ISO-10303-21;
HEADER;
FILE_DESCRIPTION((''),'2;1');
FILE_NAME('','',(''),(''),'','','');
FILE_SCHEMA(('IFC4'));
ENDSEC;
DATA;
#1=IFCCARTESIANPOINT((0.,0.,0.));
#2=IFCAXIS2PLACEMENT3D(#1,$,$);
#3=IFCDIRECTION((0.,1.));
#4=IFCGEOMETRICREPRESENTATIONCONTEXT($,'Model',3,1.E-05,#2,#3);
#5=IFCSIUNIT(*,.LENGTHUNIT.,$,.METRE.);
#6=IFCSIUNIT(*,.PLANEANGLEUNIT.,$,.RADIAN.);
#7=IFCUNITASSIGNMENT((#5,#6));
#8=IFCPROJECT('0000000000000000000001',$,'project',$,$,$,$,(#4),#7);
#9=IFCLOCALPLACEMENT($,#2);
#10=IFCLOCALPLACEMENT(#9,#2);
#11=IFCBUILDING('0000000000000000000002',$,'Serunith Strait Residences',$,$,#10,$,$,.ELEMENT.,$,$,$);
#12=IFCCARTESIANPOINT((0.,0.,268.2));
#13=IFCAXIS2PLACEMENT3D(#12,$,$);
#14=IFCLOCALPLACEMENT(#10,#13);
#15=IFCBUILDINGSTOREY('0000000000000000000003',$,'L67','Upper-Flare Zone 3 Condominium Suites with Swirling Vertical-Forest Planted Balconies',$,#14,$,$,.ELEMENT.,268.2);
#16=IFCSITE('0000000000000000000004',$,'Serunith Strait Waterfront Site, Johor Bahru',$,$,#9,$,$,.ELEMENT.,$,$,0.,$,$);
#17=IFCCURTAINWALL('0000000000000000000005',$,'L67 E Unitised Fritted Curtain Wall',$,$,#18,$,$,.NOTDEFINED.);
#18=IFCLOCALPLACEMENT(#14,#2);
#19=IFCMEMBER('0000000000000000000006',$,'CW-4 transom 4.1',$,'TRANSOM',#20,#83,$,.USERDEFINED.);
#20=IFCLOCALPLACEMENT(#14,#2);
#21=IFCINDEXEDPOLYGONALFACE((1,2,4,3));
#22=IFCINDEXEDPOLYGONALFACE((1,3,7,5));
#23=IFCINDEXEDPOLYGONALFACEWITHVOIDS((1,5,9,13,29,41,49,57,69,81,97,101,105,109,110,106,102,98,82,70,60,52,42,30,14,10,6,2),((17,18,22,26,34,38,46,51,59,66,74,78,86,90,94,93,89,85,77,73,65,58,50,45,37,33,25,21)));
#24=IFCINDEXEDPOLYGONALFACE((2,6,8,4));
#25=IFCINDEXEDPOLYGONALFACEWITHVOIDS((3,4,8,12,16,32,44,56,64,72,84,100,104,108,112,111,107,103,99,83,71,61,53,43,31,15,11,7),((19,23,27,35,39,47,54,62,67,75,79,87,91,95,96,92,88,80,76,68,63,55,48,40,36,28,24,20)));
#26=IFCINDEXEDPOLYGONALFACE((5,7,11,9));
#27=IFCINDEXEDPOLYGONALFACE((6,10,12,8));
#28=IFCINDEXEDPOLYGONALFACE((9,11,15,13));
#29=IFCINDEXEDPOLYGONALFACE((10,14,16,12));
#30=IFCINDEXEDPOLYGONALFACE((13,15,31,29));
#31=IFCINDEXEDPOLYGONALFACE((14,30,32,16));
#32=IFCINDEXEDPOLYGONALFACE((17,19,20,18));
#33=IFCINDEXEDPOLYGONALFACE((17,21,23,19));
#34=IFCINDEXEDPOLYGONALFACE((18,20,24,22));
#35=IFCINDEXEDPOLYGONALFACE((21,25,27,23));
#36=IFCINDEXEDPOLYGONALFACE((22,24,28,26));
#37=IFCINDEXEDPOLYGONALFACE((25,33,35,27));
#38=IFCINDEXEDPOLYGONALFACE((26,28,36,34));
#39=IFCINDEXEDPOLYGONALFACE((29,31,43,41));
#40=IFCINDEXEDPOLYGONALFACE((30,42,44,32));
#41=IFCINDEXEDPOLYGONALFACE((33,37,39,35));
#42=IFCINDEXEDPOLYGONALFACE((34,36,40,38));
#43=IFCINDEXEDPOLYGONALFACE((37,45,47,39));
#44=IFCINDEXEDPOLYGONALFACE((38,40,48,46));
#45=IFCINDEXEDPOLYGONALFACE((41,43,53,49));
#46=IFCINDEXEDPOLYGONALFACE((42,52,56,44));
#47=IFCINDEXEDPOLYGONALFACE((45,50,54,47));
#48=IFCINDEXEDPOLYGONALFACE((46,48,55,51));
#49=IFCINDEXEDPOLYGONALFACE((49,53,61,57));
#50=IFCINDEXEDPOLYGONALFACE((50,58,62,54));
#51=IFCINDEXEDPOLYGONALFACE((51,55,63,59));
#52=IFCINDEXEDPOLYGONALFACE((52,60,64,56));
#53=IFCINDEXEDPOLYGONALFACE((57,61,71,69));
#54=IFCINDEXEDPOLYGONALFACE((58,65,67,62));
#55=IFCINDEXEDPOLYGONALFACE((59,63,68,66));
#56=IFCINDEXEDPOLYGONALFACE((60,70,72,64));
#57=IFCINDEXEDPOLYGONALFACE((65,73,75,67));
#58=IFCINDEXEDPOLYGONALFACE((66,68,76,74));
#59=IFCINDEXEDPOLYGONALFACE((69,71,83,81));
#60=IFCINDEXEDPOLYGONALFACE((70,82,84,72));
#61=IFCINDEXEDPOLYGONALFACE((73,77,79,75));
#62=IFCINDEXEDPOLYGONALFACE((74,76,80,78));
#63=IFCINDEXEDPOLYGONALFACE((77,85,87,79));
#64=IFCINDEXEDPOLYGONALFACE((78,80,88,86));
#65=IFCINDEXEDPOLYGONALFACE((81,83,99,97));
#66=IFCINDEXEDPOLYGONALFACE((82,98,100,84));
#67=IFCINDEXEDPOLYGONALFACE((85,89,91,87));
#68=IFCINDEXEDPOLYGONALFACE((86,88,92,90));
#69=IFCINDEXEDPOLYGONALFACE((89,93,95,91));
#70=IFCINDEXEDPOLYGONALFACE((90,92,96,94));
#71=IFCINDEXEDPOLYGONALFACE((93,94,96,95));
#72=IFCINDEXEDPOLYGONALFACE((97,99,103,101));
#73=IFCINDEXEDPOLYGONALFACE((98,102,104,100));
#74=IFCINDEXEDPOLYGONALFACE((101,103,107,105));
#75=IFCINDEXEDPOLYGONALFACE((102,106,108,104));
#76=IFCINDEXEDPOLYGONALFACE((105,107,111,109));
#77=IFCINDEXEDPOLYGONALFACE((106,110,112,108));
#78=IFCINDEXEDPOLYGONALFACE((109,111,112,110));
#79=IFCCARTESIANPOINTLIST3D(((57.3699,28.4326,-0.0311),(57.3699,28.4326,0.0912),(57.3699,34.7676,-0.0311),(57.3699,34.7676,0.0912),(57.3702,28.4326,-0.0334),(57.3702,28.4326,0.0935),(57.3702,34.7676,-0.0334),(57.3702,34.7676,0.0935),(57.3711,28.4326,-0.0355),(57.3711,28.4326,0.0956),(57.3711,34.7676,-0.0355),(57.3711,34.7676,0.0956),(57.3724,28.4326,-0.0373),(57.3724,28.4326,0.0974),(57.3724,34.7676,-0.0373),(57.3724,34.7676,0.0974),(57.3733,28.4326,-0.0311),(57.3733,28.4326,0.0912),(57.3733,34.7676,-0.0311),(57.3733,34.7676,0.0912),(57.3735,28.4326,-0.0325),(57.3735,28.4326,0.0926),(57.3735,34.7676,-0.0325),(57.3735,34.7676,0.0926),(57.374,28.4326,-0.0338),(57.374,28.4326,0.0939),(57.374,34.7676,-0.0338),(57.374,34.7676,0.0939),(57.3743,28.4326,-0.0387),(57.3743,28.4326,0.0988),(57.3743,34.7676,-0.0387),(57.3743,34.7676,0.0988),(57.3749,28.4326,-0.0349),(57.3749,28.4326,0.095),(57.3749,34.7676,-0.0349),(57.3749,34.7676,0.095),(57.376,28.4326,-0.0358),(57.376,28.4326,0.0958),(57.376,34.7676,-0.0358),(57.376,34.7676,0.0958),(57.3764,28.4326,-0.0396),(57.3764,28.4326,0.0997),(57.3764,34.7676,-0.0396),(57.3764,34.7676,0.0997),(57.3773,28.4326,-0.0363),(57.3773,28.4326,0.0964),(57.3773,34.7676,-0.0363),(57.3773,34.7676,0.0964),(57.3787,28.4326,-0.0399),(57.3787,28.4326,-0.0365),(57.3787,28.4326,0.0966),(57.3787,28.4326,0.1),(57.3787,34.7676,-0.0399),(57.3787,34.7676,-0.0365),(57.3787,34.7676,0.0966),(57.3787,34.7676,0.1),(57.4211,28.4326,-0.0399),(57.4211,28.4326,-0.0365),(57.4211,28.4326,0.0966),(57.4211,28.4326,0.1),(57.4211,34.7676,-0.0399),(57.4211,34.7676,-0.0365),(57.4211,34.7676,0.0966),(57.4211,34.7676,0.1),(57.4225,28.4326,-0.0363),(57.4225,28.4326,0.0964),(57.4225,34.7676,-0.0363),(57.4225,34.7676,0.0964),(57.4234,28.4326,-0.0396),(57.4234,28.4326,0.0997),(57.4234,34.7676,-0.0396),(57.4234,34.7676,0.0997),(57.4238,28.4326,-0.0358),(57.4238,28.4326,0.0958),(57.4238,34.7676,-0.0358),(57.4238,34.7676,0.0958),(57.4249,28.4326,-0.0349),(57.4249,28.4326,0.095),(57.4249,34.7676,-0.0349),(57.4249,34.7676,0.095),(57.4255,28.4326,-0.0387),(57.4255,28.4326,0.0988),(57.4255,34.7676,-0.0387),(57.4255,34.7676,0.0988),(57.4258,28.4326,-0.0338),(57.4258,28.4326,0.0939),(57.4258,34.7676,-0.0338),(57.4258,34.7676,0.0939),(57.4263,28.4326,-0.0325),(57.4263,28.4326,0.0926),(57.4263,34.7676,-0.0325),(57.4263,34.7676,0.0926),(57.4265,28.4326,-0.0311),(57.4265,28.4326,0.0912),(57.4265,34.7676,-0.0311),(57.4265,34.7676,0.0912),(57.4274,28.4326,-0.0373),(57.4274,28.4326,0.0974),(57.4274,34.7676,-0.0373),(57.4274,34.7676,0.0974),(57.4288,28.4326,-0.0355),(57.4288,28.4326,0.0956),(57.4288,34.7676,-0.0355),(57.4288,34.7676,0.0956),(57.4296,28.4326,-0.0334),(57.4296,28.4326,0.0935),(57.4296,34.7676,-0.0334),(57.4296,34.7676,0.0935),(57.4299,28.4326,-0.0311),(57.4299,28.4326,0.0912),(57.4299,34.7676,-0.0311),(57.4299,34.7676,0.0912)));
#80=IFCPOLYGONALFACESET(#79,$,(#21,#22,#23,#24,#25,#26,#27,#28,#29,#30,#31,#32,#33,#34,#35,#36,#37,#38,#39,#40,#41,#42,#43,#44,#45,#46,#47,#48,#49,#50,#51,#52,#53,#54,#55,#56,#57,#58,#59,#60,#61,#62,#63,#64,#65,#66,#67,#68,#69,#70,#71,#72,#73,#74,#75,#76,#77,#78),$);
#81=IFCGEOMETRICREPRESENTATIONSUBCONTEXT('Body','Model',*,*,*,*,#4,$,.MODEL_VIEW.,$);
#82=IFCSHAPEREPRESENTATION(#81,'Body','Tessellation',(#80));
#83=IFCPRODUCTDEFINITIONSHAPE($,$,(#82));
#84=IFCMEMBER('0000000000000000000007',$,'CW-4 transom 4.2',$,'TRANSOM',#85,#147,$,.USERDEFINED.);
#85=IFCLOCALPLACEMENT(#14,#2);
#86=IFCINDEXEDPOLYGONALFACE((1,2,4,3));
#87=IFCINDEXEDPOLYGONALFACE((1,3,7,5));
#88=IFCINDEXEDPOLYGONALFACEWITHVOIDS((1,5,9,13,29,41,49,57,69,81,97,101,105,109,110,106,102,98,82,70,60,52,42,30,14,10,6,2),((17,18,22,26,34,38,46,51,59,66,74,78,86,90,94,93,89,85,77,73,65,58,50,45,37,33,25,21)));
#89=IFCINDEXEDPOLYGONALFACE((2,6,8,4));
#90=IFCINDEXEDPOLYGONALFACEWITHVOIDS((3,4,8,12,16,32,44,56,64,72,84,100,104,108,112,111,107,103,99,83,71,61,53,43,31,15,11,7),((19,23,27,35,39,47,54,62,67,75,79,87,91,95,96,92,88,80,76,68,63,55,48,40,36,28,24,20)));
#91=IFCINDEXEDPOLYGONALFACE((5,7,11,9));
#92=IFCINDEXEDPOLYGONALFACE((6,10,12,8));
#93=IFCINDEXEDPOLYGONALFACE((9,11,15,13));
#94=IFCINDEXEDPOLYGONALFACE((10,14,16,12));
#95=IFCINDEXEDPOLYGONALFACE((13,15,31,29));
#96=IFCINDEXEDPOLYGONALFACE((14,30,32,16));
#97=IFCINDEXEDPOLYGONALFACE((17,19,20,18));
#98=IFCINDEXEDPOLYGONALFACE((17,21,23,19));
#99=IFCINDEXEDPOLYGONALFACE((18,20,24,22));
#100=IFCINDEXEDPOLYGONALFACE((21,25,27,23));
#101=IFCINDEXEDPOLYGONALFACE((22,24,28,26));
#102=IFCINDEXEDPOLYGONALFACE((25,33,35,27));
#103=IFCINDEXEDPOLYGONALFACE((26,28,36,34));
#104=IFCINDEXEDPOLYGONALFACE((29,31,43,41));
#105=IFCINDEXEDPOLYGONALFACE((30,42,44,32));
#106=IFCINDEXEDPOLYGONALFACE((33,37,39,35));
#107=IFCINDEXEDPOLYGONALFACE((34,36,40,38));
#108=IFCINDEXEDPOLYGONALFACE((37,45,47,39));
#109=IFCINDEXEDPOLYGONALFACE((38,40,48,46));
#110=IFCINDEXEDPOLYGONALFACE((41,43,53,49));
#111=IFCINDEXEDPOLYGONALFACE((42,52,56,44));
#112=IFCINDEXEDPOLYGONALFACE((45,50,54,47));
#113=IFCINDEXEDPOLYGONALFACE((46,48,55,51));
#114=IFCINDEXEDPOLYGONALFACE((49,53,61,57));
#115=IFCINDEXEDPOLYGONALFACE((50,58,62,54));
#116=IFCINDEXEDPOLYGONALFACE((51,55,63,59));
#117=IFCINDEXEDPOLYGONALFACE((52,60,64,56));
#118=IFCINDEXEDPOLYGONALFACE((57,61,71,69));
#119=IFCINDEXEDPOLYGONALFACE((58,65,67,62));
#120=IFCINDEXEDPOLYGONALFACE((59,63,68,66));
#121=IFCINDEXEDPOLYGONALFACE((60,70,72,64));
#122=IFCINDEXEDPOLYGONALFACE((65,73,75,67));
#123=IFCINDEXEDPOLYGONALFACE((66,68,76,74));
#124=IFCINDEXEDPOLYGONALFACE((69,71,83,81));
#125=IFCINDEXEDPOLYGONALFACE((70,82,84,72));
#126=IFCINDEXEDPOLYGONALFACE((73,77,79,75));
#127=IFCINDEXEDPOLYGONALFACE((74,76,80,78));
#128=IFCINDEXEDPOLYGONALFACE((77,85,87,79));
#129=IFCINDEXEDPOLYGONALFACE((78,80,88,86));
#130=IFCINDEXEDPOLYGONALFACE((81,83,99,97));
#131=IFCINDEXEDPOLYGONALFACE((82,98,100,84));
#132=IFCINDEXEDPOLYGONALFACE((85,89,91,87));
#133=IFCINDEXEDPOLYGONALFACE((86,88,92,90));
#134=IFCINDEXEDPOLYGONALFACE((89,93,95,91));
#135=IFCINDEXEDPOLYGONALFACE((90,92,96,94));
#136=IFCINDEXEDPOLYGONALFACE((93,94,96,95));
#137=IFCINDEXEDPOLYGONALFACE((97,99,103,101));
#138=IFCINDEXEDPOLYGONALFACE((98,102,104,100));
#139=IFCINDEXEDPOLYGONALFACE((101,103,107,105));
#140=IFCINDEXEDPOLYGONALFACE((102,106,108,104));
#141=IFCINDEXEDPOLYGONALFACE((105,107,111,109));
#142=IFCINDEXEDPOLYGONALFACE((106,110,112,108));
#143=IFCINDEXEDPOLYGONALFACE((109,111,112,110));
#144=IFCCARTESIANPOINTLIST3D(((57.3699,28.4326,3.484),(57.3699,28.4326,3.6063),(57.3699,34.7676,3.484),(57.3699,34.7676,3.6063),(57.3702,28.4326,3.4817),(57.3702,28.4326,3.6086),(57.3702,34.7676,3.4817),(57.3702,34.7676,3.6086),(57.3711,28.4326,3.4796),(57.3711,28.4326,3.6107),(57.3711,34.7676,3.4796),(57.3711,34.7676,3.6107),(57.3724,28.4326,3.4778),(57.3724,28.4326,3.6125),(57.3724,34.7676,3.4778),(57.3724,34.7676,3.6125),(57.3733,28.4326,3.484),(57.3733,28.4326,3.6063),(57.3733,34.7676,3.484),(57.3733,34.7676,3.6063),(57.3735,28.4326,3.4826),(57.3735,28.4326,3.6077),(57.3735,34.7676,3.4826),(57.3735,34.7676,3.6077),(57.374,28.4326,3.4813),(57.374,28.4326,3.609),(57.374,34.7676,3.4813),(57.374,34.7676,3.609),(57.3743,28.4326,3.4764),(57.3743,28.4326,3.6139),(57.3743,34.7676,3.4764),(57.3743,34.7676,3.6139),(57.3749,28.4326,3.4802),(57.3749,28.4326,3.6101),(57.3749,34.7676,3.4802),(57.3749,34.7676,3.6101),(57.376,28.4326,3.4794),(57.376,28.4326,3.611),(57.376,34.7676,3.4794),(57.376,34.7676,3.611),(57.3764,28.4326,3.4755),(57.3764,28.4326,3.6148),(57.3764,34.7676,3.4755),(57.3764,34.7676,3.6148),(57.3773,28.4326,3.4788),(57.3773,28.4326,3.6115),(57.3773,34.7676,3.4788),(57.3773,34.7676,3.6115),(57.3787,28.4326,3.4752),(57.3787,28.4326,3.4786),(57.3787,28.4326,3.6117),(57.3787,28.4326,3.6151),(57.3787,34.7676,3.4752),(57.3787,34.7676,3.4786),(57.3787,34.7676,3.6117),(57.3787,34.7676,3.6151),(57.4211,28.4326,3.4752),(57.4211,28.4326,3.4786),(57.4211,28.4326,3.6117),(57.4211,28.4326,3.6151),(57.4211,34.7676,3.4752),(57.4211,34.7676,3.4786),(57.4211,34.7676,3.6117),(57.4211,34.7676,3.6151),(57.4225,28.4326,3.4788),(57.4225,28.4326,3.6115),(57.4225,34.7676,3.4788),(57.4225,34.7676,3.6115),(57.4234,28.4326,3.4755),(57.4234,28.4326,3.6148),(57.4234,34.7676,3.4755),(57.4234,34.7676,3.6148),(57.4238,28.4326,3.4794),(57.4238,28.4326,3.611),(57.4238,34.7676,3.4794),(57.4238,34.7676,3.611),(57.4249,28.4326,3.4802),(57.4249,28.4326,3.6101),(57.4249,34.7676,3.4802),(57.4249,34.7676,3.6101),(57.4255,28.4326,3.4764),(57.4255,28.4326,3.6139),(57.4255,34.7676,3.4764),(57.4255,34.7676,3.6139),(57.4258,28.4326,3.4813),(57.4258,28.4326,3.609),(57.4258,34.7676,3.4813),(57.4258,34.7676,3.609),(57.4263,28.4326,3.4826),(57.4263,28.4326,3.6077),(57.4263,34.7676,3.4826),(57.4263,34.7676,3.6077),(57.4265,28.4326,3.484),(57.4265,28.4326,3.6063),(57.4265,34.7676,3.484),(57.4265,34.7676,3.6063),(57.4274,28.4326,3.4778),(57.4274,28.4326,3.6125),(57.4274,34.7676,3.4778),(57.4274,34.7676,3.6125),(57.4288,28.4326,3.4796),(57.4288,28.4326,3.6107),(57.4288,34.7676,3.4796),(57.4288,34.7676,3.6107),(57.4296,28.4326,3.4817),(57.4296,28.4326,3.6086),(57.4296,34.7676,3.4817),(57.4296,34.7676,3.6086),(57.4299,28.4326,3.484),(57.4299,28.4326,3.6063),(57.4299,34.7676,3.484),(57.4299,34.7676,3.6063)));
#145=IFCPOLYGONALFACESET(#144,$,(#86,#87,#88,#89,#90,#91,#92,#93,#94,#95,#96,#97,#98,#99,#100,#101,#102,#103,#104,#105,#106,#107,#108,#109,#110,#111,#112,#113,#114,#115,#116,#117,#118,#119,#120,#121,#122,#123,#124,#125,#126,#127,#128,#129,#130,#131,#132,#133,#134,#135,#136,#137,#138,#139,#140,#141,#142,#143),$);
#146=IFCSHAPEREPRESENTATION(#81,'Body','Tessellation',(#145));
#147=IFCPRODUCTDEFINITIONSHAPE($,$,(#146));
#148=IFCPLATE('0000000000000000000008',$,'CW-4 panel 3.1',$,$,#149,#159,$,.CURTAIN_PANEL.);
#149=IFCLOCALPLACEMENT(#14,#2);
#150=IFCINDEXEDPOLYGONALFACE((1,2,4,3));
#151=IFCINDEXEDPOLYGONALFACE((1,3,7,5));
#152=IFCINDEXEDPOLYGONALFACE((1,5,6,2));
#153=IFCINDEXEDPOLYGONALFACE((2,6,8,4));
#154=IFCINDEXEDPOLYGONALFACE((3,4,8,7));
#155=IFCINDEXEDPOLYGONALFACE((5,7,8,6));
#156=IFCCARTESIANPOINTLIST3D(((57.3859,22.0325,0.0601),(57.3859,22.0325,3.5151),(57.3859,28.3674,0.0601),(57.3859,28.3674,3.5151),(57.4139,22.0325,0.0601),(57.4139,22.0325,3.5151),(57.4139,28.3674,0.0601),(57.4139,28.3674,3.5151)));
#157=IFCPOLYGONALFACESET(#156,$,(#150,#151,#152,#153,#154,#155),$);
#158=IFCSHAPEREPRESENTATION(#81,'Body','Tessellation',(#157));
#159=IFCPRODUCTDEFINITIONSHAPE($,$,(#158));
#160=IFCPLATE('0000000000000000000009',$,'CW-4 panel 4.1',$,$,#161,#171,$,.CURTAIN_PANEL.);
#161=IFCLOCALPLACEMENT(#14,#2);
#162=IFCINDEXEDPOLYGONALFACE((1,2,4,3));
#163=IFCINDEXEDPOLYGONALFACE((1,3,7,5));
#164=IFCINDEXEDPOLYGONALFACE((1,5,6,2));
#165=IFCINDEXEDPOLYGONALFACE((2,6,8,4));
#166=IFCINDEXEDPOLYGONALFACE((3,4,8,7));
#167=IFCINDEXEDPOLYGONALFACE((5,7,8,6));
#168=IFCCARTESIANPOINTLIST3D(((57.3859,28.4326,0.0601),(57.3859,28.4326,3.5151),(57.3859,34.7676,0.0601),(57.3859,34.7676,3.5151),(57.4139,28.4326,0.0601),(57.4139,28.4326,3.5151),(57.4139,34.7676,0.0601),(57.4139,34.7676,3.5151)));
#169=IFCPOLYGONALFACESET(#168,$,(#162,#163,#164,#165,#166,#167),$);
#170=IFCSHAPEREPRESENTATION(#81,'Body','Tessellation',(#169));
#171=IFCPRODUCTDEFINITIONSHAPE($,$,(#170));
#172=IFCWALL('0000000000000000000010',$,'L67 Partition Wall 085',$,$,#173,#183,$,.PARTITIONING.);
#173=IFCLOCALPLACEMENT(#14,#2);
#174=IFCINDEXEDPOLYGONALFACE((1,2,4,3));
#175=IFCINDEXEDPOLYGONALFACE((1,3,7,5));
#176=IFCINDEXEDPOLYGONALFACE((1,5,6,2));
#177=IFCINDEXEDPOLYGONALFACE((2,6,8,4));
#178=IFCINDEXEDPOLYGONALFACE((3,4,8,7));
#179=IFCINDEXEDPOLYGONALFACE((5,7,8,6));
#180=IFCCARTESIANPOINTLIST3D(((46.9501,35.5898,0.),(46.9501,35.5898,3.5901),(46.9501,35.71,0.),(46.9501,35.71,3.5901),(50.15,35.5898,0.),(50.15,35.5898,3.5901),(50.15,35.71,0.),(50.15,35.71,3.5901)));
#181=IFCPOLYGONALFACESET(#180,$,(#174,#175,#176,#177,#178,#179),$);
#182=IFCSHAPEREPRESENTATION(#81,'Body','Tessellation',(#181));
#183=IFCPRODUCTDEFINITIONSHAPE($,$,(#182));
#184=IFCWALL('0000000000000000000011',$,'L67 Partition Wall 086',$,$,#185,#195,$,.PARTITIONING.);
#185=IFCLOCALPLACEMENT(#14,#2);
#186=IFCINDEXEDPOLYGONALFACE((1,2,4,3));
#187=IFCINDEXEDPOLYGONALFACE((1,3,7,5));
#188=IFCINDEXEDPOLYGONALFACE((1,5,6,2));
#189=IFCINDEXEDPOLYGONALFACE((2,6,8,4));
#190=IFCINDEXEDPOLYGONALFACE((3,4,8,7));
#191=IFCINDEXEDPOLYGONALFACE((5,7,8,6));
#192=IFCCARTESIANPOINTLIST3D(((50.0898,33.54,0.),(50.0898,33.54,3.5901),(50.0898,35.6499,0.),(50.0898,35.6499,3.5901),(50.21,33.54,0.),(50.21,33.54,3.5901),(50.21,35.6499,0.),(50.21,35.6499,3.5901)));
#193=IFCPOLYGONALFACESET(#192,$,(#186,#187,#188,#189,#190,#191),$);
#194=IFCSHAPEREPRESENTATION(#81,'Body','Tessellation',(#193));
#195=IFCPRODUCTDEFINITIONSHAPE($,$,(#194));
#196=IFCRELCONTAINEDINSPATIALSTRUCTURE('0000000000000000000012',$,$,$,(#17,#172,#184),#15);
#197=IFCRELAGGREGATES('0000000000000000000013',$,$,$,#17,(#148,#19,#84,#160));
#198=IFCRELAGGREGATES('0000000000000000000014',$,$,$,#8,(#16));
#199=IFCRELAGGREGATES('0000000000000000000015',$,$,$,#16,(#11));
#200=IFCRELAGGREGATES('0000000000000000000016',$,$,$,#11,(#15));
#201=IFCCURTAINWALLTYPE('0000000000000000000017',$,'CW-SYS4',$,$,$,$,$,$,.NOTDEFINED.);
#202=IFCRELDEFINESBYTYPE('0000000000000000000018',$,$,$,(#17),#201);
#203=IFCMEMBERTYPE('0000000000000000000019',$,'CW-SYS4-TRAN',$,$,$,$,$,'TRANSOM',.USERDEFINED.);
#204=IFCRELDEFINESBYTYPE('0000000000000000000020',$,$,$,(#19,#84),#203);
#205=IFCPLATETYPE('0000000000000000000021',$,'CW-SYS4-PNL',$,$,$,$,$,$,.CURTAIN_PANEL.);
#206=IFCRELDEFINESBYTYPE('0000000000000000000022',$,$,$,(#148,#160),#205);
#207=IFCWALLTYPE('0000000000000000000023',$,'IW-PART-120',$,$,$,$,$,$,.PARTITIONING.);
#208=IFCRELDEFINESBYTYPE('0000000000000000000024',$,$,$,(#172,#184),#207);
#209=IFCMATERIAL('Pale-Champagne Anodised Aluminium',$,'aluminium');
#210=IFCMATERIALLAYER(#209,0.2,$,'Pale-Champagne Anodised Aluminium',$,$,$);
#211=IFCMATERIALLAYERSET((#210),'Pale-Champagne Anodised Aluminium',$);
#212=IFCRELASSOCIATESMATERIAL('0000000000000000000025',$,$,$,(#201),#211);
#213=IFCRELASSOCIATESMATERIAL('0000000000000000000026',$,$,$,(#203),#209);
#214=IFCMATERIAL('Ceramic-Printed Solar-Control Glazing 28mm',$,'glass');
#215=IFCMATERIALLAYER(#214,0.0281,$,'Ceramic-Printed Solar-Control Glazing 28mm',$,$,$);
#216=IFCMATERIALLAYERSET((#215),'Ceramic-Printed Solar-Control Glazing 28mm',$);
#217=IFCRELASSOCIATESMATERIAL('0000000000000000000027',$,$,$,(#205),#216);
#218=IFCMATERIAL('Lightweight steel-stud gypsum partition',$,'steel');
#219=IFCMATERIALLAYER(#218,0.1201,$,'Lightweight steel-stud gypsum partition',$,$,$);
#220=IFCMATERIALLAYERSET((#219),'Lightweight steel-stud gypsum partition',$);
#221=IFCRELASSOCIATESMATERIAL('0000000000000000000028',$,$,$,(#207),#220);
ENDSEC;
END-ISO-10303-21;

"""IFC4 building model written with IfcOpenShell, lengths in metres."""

from ifc_helpers import new_model, si_unit, direction, frame, frame_2d, origin, origin_2d, place, context, subcontext, project, spatial, rectangle, hollow_rectangle, extrude, source, transform, mapped, material, layer, layer_set, material_profile, profile_set, type_object, element, aggregate, save


model = new_model("IFC4")

# Units and contexts
model_context = context("Model", 3, precision=1e-05, world=origin(), true_north=direction((0.0, 1.0)))
body_context = subcontext(model_context, "Body", "Model", "MODEL_VIEW")
ifc_project = project(units=[si_unit("LENGTHUNIT", "METRE"), si_unit("PLANEANGLEUNIT", "RADIAN")], contexts=[model_context])

# Site, building, storey
site_placement = place(None, origin())
site = spatial("IfcSite", under=ifc_project, at=site_placement, Name="Serunith Strait Waterfront Site, Johor Bahru", CompositionType="ELEMENT", RefElevation=0.0)
building_placement = place(site_placement, origin())
building = spatial("IfcBuilding", under=site, at=building_placement, Name="Serunith Strait Residences", CompositionType="ELEMENT")
storey_placement = place(building_placement, frame((0.0, 0.0, 268.2)))
storey = spatial("IfcBuildingStorey", under=building, at=storey_placement, Name="L67", Description="Upper-Flare Zone 3 Condominium Suites with Swirling Vertical-Forest Planted Balconies", CompositionType="ELEMENT", Elevation=268.2)

# Curtain wall, members, plates
ifc_material_1 = material(Name="Pale-Champagne Anodised Aluminium", Category="aluminium")
ifc_layer_1 = layer(ifc_material_1, 0.2, Name="Pale-Champagne Anodised Aluminium")
ifc_layer_set_1 = layer_set([ifc_layer_1], Name="Pale-Champagne Anodised Aluminium")
curtain_wall_type = type_object("IfcCurtainWallType", Name="CW-SYS4", PredefinedType="NOTDEFINED", material=ifc_layer_set_1)
curtain_wall_placement = place(storey_placement, origin())
curtain_wall = element("IfcCurtainWall", 1, at=curtain_wall_placement, inside=storey, type_object=curtain_wall_type, Name="L67 E Unitised Fritted Curtain Wall", PredefinedType="NOTDEFINED")
ifc_material_profile_1 = material_profile(ifc_material_1, hollow_rectangle(XDim=0.0601, YDim=0.1399, WallThickness=0.0034, InnerFilletRadius=0.0054, OuterFilletRadius=0.0088, at=origin_2d()), Name="ALU 140x60x3.5")
ifc_profile_set_1 = profile_set([ifc_material_profile_1], Name="Pale-Champagne Anodised Aluminium")
member_type_1 = type_object("IfcMemberType", Name="CW-SYS4-TRAN", ElementType="TRANSOM", PredefinedType="USERDEFINED", material=ifc_profile_set_1)
shared_shape_1 = source(origin(), body_context, "Body", "SweptSolid", [
    extrude(hollow_rectangle(XDim=0.0601, YDim=0.1399, WallThickness=0.0034, InnerFilletRadius=0.0054, OuterFilletRadius=0.0088, at=origin_2d()), origin(), (0.0, 0.0, 1.0), 6.335),
])
member_1_placement = place(storey_placement, frame((57.3999, 28.4326, 0.03), z_axis=(0.0, 1.0, 0.0), x_axis=(-1.0, 0.0, 0.0)))
member_1 = element("IfcMember", 2, at=member_1_placement, type_object=member_type_1, Name="CW-4 transom 4.1", ObjectType="TRANSOM", PredefinedType="USERDEFINED", context=body_context, shape_type="MappedRepresentation", body=[
    mapped(shared_shape_1, transform((0.0, 0.0, 0.0), scale=1.0)),
])
member_2_placement = place(storey_placement, frame((57.3999, 28.4326, 3.5452), z_axis=(0.0, 1.0, 0.0), x_axis=(-1.0, 0.0, 0.0)))
member_2 = element("IfcMember", 3, at=member_2_placement, type_object=member_type_1, Name="CW-4 transom 4.2", ObjectType="TRANSOM", PredefinedType="USERDEFINED", context=body_context, shape_type="MappedRepresentation", body=[
    mapped(shared_shape_1, transform((0.0, 0.0, 0.0), scale=1.0)),
])
ifc_material_2 = material(Name="Ceramic-Printed Solar-Control Glazing 28mm", Category="glass")
ifc_layer_2 = layer(ifc_material_2, 0.0281, Name="Ceramic-Printed Solar-Control Glazing 28mm")
ifc_layer_set_2 = layer_set([ifc_layer_2], Name="Ceramic-Printed Solar-Control Glazing 28mm")
plate_type = type_object("IfcPlateType", Name="CW-SYS4-PNL", PredefinedType="CURTAIN_PANEL", material=ifc_layer_set_2)
shared_shape_2 = source(origin(), body_context, "Body", "SweptSolid", [
    extrude(rectangle(XDim=6.335, YDim=0.0281, at=origin_2d()), origin(), (0.0, 0.0, 1.0), 3.4551),
])
plate_1_placement = place(storey_placement, frame((57.3999, 25.2, 0.0601), z_axis=(0.0, 0.0, 1.0), x_axis=(0.0, 1.0, 0.0)))
plate_1 = element("IfcPlate", 4, at=plate_1_placement, type_object=plate_type, Name="CW-4 panel 3.1", PredefinedType="CURTAIN_PANEL", context=body_context, shape_type="MappedRepresentation", body=[
    mapped(shared_shape_2, transform((0.0, 0.0, 0.0), scale=1.0)),
])
plate_2_placement = place(storey_placement, frame((57.3999, 31.6001, 0.0601), z_axis=(0.0, 0.0, 1.0), x_axis=(0.0, 1.0, 0.0)))
plate_2 = element("IfcPlate", 5, at=plate_2_placement, type_object=plate_type, Name="CW-4 panel 4.1", PredefinedType="CURTAIN_PANEL", context=body_context, shape_type="MappedRepresentation", body=[
    mapped(shared_shape_2, transform((0.0, 0.0, 0.0), scale=1.0)),
])
aggregate(curtain_wall, [plate_1, member_1, member_2, plate_2])

# Walls
ifc_material_3 = material(Name="Lightweight steel-stud gypsum partition", Category="steel")
ifc_layer_3 = layer(ifc_material_3, 0.1201, Name="Lightweight steel-stud gypsum partition")
ifc_layer_set_3 = layer_set([ifc_layer_3], Name="Lightweight steel-stud gypsum partition")
wall_type_1 = type_object("IfcWallType", Name="IW-PART-120", PredefinedType="PARTITIONING", material=ifc_layer_set_3)
wall_1_placement = place(storey_placement, frame((46.95, 35.6499, 0.0), z_axis=(0.0, 0.0, 1.0), x_axis=(1.0, 0.0, 0.0)))
element("IfcWall", 6, at=wall_1_placement, inside=storey, type_object=wall_type_1, Name="L67 Partition Wall 085", PredefinedType="PARTITIONING", context=body_context, shape_type="SweptSolid", body=[
    extrude(rectangle(XDim=3.2, YDim=0.1201, at=frame_2d((1.6001, 0.0))), origin(), (0.0, 0.0, 1.0), 3.5901),
])
wall_2_placement = place(storey_placement, frame((50.1499, 35.6499, 0.0), z_axis=(0.0, 0.0, 1.0), x_axis=(0.0, -1.0, 0.0)))
element("IfcWall", 7, at=wall_2_placement, inside=storey, type_object=wall_type_1, Name="L67 Partition Wall 086", PredefinedType="PARTITIONING", context=body_context, shape_type="SweptSolid", body=[
    extrude(rectangle(XDim=2.1099, YDim=0.1201, at=frame_2d((1.0549, 0.0))), origin(), (0.0, 0.0, 1.0), 3.5901),
])

save(model, "model.ifc")
